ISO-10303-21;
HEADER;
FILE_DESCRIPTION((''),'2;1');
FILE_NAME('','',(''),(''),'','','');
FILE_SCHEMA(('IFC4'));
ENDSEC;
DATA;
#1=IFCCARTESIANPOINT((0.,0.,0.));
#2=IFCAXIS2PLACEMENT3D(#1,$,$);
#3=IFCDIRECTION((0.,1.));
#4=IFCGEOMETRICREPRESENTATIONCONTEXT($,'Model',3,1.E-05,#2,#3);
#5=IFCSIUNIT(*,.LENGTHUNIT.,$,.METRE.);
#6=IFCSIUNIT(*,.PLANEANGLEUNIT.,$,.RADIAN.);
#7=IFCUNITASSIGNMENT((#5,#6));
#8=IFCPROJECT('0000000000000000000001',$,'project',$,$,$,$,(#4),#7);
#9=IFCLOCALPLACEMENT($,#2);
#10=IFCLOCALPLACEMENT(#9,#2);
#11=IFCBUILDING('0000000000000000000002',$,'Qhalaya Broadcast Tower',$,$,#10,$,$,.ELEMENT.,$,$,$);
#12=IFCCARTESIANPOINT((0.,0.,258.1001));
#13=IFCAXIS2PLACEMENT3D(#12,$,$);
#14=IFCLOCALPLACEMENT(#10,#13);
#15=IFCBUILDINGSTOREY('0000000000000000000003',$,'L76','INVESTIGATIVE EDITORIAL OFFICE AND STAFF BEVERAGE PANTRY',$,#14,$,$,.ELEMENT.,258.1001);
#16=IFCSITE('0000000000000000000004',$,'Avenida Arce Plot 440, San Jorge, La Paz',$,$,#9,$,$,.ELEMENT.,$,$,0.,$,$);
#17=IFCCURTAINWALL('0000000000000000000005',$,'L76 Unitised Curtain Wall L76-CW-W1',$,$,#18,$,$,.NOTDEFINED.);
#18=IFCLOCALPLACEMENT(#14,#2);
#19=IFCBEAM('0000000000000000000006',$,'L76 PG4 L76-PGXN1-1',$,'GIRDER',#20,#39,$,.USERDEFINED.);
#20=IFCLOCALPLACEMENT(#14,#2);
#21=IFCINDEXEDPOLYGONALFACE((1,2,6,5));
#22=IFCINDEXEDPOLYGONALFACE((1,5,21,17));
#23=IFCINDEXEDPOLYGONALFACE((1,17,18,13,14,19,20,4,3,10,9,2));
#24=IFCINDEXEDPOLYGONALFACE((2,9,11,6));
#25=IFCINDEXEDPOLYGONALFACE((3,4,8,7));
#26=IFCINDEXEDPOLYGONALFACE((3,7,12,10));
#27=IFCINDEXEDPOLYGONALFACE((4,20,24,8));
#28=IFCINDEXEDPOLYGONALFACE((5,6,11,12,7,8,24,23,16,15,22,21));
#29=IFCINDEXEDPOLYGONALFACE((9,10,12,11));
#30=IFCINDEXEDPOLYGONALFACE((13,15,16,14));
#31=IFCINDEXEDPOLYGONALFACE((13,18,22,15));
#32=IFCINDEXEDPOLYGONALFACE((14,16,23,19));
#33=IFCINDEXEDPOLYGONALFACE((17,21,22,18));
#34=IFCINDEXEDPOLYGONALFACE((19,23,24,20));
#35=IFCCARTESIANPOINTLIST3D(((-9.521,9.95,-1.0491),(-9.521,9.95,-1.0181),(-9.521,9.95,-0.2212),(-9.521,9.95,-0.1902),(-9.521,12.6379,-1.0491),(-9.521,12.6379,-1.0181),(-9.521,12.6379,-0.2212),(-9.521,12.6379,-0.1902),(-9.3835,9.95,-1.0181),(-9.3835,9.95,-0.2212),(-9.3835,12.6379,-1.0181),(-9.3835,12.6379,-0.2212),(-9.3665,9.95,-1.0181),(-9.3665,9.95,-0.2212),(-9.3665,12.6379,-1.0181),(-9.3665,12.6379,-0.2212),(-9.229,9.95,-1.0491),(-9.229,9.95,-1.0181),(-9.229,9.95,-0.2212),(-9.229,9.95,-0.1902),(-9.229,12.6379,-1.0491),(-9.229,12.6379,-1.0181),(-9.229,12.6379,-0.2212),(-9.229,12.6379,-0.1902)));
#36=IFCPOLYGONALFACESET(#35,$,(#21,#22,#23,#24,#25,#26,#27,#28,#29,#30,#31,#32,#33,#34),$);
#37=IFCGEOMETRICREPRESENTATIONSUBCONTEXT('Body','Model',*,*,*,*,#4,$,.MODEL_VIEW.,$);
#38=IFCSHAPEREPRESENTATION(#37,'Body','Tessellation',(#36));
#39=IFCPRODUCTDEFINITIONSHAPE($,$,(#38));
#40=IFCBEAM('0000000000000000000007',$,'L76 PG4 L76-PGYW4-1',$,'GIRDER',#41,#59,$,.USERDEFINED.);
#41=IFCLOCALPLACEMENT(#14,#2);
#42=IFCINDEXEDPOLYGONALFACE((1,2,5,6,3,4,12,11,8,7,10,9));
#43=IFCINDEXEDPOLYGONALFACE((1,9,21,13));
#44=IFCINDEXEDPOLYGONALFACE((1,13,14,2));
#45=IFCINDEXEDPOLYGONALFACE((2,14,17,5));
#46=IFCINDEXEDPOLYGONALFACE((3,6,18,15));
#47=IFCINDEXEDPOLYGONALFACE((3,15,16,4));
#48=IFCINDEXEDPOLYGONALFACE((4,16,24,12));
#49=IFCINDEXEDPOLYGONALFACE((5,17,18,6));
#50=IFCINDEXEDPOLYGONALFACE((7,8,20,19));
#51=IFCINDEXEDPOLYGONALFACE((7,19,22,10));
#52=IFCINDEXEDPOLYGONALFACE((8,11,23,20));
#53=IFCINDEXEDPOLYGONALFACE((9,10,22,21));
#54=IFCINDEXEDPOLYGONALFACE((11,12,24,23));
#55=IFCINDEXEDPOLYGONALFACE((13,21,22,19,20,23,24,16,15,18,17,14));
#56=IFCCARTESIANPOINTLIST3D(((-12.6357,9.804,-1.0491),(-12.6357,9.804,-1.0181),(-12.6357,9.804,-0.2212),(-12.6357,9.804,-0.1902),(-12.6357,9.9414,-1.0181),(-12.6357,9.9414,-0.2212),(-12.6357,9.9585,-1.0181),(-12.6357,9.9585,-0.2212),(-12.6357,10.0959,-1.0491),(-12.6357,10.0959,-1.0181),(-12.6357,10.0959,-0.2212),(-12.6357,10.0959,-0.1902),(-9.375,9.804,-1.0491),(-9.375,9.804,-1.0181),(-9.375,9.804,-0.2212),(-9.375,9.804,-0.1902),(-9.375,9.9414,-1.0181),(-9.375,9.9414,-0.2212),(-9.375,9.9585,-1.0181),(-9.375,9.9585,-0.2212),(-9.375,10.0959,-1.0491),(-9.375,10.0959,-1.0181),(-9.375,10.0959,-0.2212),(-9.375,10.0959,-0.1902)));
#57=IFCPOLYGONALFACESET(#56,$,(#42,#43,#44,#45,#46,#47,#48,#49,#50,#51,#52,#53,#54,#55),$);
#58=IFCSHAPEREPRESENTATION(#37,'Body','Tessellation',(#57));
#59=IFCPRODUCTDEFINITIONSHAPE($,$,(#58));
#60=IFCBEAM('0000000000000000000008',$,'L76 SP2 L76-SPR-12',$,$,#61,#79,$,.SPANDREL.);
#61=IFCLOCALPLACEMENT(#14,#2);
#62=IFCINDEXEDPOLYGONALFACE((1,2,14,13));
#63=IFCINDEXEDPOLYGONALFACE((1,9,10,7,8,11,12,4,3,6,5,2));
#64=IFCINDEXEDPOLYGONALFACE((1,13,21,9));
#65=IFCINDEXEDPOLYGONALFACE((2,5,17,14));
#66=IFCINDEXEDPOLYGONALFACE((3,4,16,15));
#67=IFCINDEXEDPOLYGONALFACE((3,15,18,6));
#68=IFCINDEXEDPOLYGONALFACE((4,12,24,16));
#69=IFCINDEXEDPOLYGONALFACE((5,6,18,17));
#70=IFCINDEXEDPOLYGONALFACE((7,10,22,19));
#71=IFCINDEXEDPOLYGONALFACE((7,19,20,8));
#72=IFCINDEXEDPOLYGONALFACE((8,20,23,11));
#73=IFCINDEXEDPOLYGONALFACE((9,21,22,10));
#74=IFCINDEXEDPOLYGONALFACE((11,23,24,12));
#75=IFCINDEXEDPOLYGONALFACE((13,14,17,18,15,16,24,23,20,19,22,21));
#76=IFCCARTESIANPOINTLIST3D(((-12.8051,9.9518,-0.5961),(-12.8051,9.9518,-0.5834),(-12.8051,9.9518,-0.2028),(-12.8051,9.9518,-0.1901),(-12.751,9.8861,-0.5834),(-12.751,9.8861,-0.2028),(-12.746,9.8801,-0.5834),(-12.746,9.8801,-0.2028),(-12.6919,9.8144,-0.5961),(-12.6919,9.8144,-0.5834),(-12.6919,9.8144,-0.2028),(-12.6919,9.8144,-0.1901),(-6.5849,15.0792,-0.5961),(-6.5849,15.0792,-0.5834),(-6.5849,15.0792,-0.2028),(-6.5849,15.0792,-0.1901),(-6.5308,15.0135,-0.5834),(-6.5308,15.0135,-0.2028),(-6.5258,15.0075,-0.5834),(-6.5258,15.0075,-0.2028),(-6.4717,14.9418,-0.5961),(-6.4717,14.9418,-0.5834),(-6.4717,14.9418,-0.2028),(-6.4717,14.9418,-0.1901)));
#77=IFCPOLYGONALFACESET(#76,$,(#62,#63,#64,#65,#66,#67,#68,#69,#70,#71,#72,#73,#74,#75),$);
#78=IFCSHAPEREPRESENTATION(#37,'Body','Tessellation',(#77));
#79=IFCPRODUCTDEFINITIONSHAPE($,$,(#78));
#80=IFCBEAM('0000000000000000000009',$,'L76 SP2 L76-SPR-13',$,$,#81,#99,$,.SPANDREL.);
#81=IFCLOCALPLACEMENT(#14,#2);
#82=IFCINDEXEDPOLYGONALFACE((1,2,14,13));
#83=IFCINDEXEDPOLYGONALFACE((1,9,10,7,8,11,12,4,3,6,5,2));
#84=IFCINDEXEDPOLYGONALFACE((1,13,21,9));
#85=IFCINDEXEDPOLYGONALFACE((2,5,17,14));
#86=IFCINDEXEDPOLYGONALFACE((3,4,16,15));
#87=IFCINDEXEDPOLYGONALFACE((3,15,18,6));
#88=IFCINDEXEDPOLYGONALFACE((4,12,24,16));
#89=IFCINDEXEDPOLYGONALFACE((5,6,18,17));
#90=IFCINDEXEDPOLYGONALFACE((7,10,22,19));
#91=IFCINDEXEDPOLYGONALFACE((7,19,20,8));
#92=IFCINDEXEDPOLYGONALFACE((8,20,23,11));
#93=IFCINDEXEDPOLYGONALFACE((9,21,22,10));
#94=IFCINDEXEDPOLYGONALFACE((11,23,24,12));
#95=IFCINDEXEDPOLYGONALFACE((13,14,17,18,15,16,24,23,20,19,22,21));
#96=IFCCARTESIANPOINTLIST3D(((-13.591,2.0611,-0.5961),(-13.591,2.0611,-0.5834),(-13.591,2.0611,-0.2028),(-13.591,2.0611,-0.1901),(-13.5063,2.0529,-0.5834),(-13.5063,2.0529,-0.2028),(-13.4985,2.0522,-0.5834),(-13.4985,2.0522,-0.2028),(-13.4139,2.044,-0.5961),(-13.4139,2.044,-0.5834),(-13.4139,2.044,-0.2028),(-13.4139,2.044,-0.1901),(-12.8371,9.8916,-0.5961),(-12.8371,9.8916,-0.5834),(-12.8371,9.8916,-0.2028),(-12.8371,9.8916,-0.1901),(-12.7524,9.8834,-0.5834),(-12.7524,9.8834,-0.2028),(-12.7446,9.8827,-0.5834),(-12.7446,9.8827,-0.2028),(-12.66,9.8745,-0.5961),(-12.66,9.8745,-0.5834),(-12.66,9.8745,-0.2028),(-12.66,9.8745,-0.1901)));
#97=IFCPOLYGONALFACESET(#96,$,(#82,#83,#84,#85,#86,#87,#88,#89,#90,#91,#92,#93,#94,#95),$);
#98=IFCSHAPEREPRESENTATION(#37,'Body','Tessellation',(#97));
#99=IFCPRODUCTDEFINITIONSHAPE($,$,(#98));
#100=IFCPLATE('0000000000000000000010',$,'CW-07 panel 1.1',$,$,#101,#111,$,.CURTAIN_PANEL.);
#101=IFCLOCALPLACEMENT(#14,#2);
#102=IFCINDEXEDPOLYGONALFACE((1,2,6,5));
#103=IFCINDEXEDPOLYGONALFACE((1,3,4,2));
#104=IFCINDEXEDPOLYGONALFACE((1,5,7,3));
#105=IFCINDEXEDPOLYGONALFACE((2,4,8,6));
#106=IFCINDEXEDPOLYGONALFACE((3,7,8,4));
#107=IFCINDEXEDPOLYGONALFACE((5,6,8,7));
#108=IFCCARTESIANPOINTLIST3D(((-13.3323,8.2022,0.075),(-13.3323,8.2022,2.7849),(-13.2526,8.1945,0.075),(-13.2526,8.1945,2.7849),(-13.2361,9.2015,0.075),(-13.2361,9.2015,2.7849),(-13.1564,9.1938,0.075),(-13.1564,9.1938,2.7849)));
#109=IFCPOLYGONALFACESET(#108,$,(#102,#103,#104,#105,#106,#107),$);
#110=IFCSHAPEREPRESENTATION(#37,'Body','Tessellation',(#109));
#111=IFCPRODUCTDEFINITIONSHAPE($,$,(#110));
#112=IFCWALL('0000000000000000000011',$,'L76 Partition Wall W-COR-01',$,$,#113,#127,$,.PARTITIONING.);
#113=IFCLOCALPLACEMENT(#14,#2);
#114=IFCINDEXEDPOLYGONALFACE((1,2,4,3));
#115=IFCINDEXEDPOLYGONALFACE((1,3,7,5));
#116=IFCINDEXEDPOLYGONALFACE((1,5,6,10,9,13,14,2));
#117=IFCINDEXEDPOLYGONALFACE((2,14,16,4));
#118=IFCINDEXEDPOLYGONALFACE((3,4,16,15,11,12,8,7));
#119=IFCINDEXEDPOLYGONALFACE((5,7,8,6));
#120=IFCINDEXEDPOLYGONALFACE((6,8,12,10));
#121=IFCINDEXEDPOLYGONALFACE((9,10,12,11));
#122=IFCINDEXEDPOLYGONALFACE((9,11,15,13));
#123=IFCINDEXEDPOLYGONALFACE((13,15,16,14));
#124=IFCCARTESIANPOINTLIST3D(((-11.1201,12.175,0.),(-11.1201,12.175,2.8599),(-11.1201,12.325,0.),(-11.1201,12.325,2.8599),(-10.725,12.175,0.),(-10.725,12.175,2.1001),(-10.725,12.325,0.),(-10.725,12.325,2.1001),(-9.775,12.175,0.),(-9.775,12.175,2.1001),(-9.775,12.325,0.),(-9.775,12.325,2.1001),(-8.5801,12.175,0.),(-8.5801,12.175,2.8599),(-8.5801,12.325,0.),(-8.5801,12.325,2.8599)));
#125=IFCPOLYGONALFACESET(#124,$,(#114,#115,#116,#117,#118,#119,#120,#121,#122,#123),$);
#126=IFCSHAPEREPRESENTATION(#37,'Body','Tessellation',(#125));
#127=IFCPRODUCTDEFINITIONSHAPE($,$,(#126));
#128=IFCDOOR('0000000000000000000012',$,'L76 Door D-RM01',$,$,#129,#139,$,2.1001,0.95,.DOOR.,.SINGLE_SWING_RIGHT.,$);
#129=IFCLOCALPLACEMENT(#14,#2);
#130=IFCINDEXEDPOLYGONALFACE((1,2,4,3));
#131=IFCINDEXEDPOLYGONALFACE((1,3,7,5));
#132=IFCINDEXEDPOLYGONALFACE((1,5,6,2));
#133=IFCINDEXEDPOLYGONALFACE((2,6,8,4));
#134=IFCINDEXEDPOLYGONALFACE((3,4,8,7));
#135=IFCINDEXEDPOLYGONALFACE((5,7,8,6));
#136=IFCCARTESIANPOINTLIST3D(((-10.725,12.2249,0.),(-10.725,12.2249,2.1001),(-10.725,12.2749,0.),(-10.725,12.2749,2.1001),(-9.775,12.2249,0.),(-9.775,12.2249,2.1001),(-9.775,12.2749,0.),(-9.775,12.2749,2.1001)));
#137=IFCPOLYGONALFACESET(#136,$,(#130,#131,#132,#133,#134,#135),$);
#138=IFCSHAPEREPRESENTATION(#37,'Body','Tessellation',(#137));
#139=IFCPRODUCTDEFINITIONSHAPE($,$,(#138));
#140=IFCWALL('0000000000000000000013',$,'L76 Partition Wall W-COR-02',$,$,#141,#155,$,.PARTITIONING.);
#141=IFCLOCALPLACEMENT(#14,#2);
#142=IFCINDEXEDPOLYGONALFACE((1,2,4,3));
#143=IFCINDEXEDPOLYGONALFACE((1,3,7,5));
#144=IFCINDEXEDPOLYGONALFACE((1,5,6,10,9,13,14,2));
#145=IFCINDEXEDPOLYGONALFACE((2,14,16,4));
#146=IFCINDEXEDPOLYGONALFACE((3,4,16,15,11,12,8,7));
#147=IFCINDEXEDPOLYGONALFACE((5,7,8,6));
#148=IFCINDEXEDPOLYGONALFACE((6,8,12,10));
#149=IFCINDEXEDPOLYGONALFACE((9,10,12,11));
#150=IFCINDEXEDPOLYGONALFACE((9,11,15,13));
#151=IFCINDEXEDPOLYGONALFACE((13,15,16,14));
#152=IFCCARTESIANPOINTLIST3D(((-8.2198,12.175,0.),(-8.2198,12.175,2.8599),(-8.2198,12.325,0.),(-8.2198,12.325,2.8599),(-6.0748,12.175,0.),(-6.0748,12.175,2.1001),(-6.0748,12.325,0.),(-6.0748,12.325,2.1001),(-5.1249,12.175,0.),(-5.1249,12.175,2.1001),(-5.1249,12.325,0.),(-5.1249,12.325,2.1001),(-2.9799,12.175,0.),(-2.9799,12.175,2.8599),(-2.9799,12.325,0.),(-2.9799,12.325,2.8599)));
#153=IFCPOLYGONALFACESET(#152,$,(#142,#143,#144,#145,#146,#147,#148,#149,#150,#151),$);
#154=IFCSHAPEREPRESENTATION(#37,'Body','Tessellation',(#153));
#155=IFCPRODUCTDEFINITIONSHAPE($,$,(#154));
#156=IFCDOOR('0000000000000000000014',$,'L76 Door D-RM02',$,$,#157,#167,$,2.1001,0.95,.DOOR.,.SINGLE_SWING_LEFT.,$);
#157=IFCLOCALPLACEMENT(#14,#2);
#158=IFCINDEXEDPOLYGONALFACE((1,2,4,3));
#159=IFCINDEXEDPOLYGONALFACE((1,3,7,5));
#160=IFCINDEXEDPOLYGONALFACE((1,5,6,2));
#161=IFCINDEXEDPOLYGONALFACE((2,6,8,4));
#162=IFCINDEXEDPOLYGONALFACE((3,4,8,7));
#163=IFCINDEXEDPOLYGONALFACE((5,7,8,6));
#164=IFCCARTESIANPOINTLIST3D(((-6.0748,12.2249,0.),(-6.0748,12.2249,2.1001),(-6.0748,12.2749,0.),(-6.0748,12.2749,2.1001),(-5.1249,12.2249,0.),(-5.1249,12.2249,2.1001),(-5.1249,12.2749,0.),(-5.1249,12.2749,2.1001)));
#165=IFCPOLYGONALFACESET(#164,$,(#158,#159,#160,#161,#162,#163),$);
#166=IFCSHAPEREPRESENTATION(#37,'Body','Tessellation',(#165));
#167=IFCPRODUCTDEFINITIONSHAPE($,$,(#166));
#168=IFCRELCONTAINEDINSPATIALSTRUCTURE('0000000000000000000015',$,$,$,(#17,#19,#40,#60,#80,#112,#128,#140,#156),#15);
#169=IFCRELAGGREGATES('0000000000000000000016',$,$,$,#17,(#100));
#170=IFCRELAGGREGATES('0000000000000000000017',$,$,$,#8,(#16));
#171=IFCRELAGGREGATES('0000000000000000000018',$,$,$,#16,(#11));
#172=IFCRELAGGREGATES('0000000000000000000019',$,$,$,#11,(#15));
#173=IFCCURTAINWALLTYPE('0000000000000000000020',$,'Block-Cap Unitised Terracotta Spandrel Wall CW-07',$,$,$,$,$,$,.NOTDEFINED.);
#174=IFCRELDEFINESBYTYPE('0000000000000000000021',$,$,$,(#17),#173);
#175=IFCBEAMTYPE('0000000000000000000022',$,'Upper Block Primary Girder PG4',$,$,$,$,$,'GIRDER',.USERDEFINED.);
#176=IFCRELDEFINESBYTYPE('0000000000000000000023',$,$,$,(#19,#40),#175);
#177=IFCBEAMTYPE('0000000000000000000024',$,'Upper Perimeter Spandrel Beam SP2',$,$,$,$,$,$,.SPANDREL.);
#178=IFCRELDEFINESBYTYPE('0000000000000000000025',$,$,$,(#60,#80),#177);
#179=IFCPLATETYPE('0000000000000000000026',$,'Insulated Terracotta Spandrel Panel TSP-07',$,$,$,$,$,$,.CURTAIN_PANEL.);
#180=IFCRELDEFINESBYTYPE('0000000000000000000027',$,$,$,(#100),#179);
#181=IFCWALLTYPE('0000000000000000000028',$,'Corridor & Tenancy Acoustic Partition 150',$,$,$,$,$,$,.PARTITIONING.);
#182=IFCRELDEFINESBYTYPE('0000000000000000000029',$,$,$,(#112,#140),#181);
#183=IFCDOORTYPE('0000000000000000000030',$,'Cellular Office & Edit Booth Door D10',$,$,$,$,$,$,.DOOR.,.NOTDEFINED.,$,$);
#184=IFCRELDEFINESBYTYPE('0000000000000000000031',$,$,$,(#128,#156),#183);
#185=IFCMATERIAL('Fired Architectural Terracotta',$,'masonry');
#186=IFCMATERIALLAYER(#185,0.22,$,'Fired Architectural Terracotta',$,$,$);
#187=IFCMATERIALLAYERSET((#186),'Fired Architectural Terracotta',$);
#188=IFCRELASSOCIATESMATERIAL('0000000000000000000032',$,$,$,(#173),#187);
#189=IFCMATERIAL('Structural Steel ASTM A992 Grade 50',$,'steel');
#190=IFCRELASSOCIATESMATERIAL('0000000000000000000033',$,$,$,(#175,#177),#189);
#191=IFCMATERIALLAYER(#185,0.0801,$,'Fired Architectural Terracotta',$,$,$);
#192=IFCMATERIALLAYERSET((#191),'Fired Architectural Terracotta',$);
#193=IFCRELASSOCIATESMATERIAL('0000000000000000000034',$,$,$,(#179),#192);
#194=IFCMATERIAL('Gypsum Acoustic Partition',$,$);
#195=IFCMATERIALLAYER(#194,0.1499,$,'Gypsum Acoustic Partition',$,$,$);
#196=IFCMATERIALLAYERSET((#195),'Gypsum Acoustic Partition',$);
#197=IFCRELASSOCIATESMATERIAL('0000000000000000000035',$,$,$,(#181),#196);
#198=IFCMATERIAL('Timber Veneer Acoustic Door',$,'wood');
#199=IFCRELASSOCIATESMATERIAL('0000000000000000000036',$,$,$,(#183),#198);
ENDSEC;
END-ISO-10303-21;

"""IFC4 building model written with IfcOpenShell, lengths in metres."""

from ifc_helpers import new_model, si_unit, direction, frame, frame_2d, origin, origin_2d, place, context, subcontext, project, spatial, rectangle, i_section, extrude, material, layer, layer_set, material_profile, profile_set, type_object, element, fill, aggregate, save


model = new_model("IFC4")

# Units and contexts
model_context = context("Model", 3, precision=1e-05, world=origin(), true_north=direction((0.0, 1.0)))
body_context = subcontext(model_context, "Body", "Model", "MODEL_VIEW")
ifc_project = project(units=[si_unit("LENGTHUNIT", "METRE"), si_unit("PLANEANGLEUNIT", "RADIAN")], contexts=[model_context])

# Site, building, storey
site_placement = place(None, origin())
site = spatial("IfcSite", under=ifc_project, at=site_placement, Name="Avenida Arce Plot 440, San Jorge, La Paz", CompositionType="ELEMENT", RefElevation=0.0)
building_placement = place(site_placement, origin())
building = spatial("IfcBuilding", under=site, at=building_placement, Name="Qhalaya Broadcast Tower", CompositionType="ELEMENT")
storey_placement = place(building_placement, frame((0.0, 0.0, 258.1001)))
storey = spatial("IfcBuildingStorey", under=building, at=storey_placement, Name="L76", Description="INVESTIGATIVE EDITORIAL OFFICE AND STAFF BEVERAGE PANTRY", CompositionType="ELEMENT", Elevation=258.1001)

# Shared definitions
ifc_material_1 = material(Name="Structural Steel ASTM A992 Grade 50", Category="steel")

# Shared definitions
ifc_material_2 = material(Name="Fired Architectural Terracotta", Category="masonry")

# Curtain wall
ifc_layer_1 = layer(ifc_material_2, 0.22, Name="Fired Architectural Terracotta")
ifc_layer_set_1 = layer_set([ifc_layer_1], Name="Fired Architectural Terracotta")
curtain_wall_type = type_object("IfcCurtainWallType", Name="Block-Cap Unitised Terracotta Spandrel Wall CW-07", PredefinedType="NOTDEFINED", material=ifc_layer_set_1)
curtain_wall_placement = place(storey_placement, origin())
curtain_wall = element("IfcCurtainWall", 1, at=curtain_wall_placement, inside=storey, type_object=curtain_wall_type, Name="L76 Unitised Curtain Wall L76-CW-W1", PredefinedType="NOTDEFINED")

# Beams
ifc_material_profile_1 = material_profile(ifc_material_1, i_section(OverallWidth=0.292, OverallDepth=0.8589, WebThickness=0.0171, FlangeThickness=0.031, at=origin_2d()), Name="W33X169")
ifc_profile_set_1 = profile_set([ifc_material_profile_1], Name="Structural Steel ASTM A992 Grade 50")
beam_type_1 = type_object("IfcBeamType", Name="Upper Block Primary Girder PG4", ElementType="GIRDER", PredefinedType="USERDEFINED", material=ifc_profile_set_1)
beam_1_placement = place(storey_placement, frame((-9.375, 9.95, -0.6196), z_axis=(0.0, 1.0, 0.0), x_axis=(-1.0, 0.0, 0.0)))
element("IfcBeam", 2, at=beam_1_placement, inside=storey, type_object=beam_type_1, Name="L76 PG4 L76-PGXN1-1", ObjectType="GIRDER", PredefinedType="USERDEFINED", context=body_context, shape_type="SweptSolid", body=[
    extrude(i_section(OverallWidth=0.292, OverallDepth=0.8589, WebThickness=0.0171, FlangeThickness=0.031, at=origin_2d()), origin(), (0.0, 0.0, 1.0), 2.688),
])
beam_2_placement = place(storey_placement, frame((-12.6357, 9.95, -0.6196), z_axis=(1.0, 0.0, 0.0), x_axis=(0.0, 1.0, 0.0)))
element("IfcBeam", 3, at=beam_2_placement, inside=storey, type_object=beam_type_1, Name="L76 PG4 L76-PGYW4-1", ObjectType="GIRDER", PredefinedType="USERDEFINED", context=body_context, shape_type="SweptSolid", body=[
    extrude(i_section(OverallWidth=0.292, OverallDepth=0.8589, WebThickness=0.0171, FlangeThickness=0.031, at=origin_2d()), origin(), (0.0, 0.0, 1.0), 3.2607),
])
ifc_material_profile_2 = material_profile(ifc_material_1, i_section(OverallWidth=0.178, OverallDepth=0.406, WebThickness=0.0078, FlangeThickness=0.0127, at=origin_2d()), Name="W16X40")
ifc_profile_set_2 = profile_set([ifc_material_profile_2], Name="Structural Steel ASTM A992 Grade 50")
beam_type_2 = type_object("IfcBeamType", Name="Upper Perimeter Spandrel Beam SP2", PredefinedType="SPANDREL", material=ifc_profile_set_2)
beam_3_placement = place(storey_placement, frame((-6.5283, 15.0105, -0.3931), z_axis=(-0.771631, -0.63607, 0.0), x_axis=(0.63607, -0.771631, 0.0)))
element("IfcBeam", 4, at=beam_3_placement, inside=storey, type_object=beam_type_2, Name="L76 SP2 L76-SPR-12", PredefinedType="SPANDREL", context=body_context, shape_type="SweptSolid", body=[
    extrude(i_section(OverallWidth=0.178, OverallDepth=0.406, WebThickness=0.0078, FlangeThickness=0.0127, at=origin_2d()), origin(), (0.0, 0.0, 1.0), 8.061),
])
beam_4_placement = place(storey_placement, frame((-12.7485, 9.8831, -0.3931), z_axis=(-0.095834, -0.995397, 0.0), x_axis=(0.995397, -0.095834, 0.0)))
element("IfcBeam", 5, at=beam_4_placement, inside=storey, type_object=beam_type_2, Name="L76 SP2 L76-SPR-13", PredefinedType="SPANDREL", context=body_context, shape_type="SweptSolid", body=[
    extrude(i_section(OverallWidth=0.178, OverallDepth=0.406, WebThickness=0.0078, FlangeThickness=0.0127, at=origin_2d()), origin(), (0.0, 0.0, 1.0), 7.8667),
])

# Plate
ifc_layer_2 = layer(ifc_material_2, 0.0801, Name="Fired Architectural Terracotta")
ifc_layer_set_2 = layer_set([ifc_layer_2], Name="Fired Architectural Terracotta")
plate_type = type_object("IfcPlateType", Name="Insulated Terracotta Spandrel Panel TSP-07", PredefinedType="CURTAIN_PANEL", material=ifc_layer_set_2)
plate_placement = place(storey_placement, frame((-13.2444, 8.698, 0.075), z_axis=(0.0, 0.0, 1.0), x_axis=(-0.09584, -0.995397, 0.0)))
plate = element("IfcPlate", 6, at=plate_placement, type_object=plate_type, Name="CW-07 panel 1.1", PredefinedType="CURTAIN_PANEL", context=body_context, shape_type="SweptSolid", body=[
    extrude(rectangle(XDim=1.0039, YDim=0.0801, at=origin_2d()), origin(), (0.0, 0.0, 1.0), 2.71),
])
aggregate(curtain_wall, [plate])

# Walls, openings, doors
ifc_material_3 = material(Name="Gypsum Acoustic Partition")
ifc_layer_3 = layer(ifc_material_3, 0.1499, Name="Gypsum Acoustic Partition")
ifc_layer_set_3 = layer_set([ifc_layer_3], Name="Gypsum Acoustic Partition")
wall_type_1 = type_object("IfcWallType", Name="Corridor & Tenancy Acoustic Partition 150", PredefinedType="PARTITIONING", material=ifc_layer_set_3)
wall_1_placement = place(storey_placement, frame((-11.1201, 12.25, 0.0), z_axis=(0.0, 0.0, 1.0), x_axis=(1.0, 0.0, 0.0)))
wall_1 = element("IfcWall", 7, at=wall_1_placement, inside=storey, type_object=wall_type_1, Name="L76 Partition Wall W-COR-01", PredefinedType="PARTITIONING", context=body_context, shape_type="SweptSolid", body=[
    extrude(rectangle(XDim=2.54, YDim=0.1499, at=frame_2d((1.27, 0.0))), origin(), (0.0, 0.0, 1.0), 2.8599),
])
opening_1_placement = place(wall_1_placement, frame((0.395, 0.0, 0.0)))
opening_1 = element("IfcOpeningElement", 8, at=opening_1_placement, cuts=wall_1, PredefinedType="OPENING", context=body_context, shape_type="SweptSolid", body=[
    extrude(rectangle(XDim=0.95, YDim=2.1001, at=frame_2d((0.4751, 1.05))), frame((0.0, 0.0869, 0.0), z_axis=(0.0, -1.0, 0.0), x_axis=(1.0, 0.0, 0.0)), (0.0, 0.0, 1.0), 0.1738),
])
ifc_material_4 = material(Name="Timber Veneer Acoustic Door", Category="wood")
door_type = type_object("IfcDoorType", Name="Cellular Office & Edit Booth Door D10", OperationType="NOTDEFINED", PredefinedType="DOOR", material=ifc_material_4)
door_1_placement = place(opening_1_placement, origin())
door_1 = element("IfcDoor", 9, at=door_1_placement, inside=storey, type_object=door_type, Name="L76 Door D-RM01", OperationType="SINGLE_SWING_RIGHT", OverallHeight=2.1001, OverallWidth=0.95, PredefinedType="DOOR", context=body_context, shape_type="SweptSolid", body=[
    extrude(rectangle(XDim=0.95, YDim=2.1001, at=frame_2d((0.4751, 1.05))), frame((0.0, 0.0249, 0.0), z_axis=(0.0, -1.0, 0.0), x_axis=(1.0, 0.0, 0.0)), (0.0, 0.0, 1.0), 0.05),
])
fill(opening_1, door_1)
wall_2_placement = place(storey_placement, frame((-8.22, 12.25, 0.0), z_axis=(0.0, 0.0, 1.0), x_axis=(1.0, 0.0, 0.0)))
wall_2 = element("IfcWall", 10, at=wall_2_placement, inside=storey, type_object=wall_type_1, Name="L76 Partition Wall W-COR-02", PredefinedType="PARTITIONING", context=body_context, shape_type="SweptSolid", body=[
    extrude(rectangle(XDim=5.24, YDim=0.1499, at=frame_2d((2.6201, 0.0))), origin(), (0.0, 0.0, 1.0), 2.8599),
])
opening_2_placement = place(wall_2_placement, frame((2.145, 0.0, 0.0)))
opening_2 = element("IfcOpeningElement", 11, at=opening_2_placement, cuts=wall_2, PredefinedType="OPENING", context=body_context, shape_type="SweptSolid", body=[
    extrude(rectangle(XDim=0.95, YDim=2.1001, at=frame_2d((0.4751, 1.05))), frame((0.0, 0.0869, 0.0), z_axis=(0.0, -1.0, 0.0), x_axis=(1.0, 0.0, 0.0)), (0.0, 0.0, 1.0), 0.1738),
])
door_2_placement = place(opening_2_placement, origin())
door_2 = element("IfcDoor", 12, at=door_2_placement, inside=storey, type_object=door_type, Name="L76 Door D-RM02", OperationType="SINGLE_SWING_LEFT", OverallHeight=2.1001, OverallWidth=0.95, PredefinedType="DOOR", context=body_context, shape_type="SweptSolid", body=[
    extrude(rectangle(XDim=0.95, YDim=2.1001, at=frame_2d((0.4751, 1.05))), frame((0.0, 0.0249, 0.0), z_axis=(0.0, -1.0, 0.0), x_axis=(1.0, 0.0, 0.0)), (0.0, 0.0, 1.0), 0.05),
])
fill(opening_2, door_2)

save(model, "model.ifc")
